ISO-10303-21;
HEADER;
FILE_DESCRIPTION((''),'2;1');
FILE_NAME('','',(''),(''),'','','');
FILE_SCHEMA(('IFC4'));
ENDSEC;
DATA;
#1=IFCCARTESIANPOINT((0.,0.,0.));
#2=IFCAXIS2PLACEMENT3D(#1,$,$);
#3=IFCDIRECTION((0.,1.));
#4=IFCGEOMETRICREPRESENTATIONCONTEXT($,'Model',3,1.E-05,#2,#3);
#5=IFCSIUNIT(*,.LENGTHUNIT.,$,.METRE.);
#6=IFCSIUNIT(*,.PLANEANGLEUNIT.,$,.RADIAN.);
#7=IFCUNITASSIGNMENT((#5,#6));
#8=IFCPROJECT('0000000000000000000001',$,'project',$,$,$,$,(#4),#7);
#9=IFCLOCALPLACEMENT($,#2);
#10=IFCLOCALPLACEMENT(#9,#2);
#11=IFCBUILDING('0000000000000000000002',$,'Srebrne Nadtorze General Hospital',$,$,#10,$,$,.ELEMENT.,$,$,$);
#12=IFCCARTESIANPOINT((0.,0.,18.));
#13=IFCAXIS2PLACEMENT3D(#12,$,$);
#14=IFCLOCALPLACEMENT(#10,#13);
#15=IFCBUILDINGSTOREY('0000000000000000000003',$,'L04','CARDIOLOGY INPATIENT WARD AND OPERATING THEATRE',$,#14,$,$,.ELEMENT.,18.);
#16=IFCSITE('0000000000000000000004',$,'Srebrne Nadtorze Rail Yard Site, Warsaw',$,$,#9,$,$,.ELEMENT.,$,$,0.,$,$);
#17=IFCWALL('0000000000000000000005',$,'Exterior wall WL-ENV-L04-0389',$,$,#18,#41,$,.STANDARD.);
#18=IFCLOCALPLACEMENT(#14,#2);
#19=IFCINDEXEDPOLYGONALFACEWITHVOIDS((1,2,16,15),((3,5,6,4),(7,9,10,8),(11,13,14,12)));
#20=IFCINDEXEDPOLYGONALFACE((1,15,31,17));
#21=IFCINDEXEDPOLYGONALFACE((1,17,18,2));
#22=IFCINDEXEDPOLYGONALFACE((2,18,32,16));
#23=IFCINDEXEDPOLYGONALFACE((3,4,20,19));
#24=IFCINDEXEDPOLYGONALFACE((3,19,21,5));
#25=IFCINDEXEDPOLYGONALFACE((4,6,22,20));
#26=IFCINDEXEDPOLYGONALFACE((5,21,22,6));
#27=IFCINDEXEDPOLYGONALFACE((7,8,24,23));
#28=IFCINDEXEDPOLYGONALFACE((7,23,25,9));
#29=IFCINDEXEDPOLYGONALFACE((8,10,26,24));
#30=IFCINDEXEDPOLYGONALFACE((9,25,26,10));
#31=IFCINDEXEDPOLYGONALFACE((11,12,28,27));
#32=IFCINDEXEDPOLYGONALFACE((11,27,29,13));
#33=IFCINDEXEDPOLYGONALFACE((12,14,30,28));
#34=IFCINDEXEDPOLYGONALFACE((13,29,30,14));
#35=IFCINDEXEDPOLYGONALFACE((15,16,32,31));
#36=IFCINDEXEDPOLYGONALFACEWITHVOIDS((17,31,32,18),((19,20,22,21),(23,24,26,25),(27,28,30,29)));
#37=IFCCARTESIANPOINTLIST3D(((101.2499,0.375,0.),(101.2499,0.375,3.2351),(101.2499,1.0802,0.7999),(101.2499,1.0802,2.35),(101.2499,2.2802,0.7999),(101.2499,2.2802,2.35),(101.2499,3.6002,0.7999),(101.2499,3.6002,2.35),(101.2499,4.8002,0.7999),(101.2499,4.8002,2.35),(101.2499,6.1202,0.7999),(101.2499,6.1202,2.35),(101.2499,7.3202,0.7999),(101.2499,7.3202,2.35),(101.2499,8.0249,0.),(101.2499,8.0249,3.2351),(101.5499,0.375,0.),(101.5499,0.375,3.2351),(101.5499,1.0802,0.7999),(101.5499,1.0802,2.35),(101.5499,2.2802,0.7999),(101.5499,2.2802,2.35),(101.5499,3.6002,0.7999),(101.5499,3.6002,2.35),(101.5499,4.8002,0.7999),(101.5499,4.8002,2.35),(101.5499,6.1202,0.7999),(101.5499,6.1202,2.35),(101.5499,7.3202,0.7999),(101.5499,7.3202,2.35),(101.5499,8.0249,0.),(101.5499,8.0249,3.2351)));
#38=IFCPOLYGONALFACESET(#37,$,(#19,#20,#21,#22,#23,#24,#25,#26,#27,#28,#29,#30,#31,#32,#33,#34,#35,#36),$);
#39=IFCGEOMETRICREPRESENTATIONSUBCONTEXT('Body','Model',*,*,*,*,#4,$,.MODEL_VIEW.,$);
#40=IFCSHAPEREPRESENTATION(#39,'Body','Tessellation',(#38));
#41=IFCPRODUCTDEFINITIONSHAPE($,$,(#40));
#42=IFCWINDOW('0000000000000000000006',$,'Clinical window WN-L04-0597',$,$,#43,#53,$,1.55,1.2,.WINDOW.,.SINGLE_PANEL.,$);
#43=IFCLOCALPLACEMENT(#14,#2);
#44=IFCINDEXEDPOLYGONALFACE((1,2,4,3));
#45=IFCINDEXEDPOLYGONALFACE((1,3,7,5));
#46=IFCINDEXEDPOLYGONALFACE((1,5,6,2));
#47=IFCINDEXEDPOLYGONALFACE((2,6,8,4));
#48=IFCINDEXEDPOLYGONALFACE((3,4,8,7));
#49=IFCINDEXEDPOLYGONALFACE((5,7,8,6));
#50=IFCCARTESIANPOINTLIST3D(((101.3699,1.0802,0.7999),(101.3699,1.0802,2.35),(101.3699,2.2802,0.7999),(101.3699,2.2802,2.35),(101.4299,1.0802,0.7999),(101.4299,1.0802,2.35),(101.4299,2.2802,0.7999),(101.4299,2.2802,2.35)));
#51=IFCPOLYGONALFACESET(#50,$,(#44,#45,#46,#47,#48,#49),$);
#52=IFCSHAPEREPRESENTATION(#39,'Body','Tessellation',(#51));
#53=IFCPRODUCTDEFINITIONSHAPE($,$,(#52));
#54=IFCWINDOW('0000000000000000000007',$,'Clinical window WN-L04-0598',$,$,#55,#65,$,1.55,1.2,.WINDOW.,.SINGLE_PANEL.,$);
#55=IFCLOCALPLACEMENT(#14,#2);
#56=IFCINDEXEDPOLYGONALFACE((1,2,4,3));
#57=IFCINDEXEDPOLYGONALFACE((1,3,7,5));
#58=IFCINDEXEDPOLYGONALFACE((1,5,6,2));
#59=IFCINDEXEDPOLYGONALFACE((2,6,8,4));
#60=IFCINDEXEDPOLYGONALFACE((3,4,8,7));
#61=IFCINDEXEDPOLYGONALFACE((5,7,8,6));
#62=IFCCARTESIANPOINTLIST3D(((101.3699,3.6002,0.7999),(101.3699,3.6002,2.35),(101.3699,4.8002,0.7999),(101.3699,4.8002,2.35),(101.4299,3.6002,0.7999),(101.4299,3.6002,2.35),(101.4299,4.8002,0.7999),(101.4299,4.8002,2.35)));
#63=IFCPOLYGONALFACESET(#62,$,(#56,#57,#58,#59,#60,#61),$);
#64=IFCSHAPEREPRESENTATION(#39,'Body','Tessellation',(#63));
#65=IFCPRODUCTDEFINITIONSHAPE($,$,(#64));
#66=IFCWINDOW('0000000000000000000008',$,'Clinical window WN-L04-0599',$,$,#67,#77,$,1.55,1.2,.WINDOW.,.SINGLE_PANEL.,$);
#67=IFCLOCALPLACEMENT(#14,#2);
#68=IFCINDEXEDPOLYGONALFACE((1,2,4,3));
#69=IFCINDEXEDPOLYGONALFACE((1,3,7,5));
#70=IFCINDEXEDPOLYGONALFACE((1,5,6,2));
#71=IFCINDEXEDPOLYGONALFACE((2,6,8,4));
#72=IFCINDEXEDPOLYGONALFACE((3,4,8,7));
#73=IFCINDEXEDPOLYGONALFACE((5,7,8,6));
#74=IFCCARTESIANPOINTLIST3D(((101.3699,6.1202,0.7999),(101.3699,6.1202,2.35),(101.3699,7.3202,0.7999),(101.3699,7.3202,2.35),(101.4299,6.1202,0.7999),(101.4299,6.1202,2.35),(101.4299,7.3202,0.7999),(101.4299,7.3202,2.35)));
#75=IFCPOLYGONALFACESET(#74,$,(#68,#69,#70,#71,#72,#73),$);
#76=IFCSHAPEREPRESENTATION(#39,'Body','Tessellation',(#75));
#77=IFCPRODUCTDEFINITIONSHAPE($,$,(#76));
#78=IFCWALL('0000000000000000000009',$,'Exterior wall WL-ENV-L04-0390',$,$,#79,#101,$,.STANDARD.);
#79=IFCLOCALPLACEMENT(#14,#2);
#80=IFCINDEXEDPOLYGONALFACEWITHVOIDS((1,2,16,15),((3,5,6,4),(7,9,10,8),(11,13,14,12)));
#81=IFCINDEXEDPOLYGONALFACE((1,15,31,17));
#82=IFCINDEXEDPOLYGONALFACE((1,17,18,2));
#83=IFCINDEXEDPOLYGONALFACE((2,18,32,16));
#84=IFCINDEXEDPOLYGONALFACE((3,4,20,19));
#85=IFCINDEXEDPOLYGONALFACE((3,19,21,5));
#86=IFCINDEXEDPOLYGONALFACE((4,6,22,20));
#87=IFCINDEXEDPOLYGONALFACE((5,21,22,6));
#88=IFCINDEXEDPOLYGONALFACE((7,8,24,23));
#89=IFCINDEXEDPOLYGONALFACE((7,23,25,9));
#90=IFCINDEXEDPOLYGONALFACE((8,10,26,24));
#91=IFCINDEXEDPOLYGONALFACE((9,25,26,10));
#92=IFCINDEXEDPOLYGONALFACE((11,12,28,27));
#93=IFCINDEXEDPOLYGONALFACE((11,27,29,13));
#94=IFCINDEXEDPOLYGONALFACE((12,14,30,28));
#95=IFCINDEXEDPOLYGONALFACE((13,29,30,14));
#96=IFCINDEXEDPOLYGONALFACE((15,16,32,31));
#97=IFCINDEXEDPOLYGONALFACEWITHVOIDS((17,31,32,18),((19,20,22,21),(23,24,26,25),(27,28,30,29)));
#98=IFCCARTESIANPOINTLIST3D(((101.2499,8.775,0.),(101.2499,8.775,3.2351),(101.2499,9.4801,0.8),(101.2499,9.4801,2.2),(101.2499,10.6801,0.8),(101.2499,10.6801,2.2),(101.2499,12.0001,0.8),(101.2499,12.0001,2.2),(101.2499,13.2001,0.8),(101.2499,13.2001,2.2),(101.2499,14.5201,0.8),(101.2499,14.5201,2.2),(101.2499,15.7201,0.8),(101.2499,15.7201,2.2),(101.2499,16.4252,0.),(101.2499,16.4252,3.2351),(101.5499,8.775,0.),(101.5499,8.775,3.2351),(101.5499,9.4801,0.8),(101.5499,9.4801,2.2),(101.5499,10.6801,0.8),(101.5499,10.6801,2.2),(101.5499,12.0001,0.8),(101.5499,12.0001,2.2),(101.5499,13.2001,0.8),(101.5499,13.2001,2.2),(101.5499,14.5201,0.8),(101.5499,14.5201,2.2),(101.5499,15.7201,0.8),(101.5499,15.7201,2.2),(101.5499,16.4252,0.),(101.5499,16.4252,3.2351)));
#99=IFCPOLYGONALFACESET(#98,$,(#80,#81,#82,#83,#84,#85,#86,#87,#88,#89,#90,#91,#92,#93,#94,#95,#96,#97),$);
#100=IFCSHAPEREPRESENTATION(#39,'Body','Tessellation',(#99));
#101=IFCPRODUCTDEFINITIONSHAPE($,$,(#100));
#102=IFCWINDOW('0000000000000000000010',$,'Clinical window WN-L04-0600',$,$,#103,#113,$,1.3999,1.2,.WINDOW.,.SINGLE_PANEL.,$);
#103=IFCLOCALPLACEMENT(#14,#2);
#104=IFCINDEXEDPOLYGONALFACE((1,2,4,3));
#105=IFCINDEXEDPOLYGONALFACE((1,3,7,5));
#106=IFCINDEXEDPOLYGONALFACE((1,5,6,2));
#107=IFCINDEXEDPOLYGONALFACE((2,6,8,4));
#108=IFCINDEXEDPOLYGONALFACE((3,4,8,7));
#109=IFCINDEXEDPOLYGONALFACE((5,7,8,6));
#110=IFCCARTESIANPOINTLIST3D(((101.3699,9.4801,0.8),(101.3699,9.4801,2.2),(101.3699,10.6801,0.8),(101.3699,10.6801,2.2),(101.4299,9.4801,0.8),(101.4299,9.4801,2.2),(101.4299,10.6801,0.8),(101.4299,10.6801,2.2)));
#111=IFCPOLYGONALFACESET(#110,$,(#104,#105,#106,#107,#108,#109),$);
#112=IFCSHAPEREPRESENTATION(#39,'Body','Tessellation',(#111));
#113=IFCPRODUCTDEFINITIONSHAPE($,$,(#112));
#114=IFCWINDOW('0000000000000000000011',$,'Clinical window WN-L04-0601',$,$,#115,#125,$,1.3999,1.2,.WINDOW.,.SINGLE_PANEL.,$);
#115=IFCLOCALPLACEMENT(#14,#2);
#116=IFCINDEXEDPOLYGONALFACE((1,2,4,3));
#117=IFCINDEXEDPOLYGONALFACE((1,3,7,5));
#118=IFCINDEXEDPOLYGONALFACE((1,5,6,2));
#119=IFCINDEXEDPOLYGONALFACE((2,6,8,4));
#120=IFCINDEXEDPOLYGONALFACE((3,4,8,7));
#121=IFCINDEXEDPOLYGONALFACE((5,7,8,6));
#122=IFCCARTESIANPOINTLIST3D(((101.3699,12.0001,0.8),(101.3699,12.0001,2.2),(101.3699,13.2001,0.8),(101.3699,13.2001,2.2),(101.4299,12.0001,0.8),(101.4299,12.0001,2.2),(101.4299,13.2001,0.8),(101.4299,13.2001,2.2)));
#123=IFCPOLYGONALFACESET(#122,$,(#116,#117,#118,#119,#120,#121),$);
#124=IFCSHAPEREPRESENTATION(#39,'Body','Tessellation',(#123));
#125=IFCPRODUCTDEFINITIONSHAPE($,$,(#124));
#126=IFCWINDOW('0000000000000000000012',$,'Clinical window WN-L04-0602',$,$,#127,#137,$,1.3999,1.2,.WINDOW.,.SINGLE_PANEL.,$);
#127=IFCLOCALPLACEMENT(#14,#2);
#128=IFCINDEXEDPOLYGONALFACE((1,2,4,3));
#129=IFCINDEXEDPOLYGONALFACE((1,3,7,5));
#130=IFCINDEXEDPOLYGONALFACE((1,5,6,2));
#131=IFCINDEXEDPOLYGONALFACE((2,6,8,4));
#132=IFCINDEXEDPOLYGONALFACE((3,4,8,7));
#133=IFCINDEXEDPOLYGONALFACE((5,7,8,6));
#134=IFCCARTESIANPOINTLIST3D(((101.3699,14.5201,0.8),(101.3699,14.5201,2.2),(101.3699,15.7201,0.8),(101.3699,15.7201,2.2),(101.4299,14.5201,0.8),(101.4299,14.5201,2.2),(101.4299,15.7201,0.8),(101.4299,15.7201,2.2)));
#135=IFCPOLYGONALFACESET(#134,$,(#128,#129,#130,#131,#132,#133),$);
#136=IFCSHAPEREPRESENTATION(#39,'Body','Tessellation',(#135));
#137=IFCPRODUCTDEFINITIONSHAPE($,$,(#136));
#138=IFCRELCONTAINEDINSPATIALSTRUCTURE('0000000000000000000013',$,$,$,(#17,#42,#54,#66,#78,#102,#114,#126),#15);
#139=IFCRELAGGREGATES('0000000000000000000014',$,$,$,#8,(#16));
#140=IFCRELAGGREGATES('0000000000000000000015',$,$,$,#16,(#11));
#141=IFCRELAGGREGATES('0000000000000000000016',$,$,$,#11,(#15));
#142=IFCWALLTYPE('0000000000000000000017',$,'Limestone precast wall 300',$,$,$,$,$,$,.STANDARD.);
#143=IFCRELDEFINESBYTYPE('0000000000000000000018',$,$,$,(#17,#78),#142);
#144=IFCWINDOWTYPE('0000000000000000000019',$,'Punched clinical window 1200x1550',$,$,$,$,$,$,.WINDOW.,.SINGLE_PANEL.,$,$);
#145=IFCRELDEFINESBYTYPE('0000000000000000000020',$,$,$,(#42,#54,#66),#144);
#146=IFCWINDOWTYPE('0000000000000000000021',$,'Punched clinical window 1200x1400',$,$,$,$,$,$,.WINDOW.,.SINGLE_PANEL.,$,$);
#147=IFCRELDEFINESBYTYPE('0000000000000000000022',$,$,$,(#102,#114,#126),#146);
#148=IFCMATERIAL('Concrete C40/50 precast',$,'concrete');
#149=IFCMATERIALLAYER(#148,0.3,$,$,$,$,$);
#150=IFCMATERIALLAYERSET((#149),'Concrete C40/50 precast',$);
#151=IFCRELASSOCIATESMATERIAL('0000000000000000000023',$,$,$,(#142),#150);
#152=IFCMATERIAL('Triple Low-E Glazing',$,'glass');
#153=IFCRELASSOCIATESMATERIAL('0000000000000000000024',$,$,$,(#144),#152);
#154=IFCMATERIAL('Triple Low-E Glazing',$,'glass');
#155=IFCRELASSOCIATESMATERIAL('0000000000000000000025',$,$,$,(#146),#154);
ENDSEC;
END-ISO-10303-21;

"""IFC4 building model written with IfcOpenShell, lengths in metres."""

from ifc_helpers import new_model, si_unit, direction, frame, frame_2d, origin, place, context, subcontext, project, spatial, rectangle, extrude, material, layer, layer_set, type_object, element, fill, save


model = new_model("IFC4")

# Units and contexts
model_context = context("Model", 3, precision=1e-05, world=origin(), true_north=direction((0.0, 1.0)))
body_context = subcontext(model_context, "Body", "Model", "MODEL_VIEW")
ifc_project = project(units=[si_unit("LENGTHUNIT", "METRE"), si_unit("PLANEANGLEUNIT", "RADIAN")], contexts=[model_context])

# Site, building, storey
site_placement = place(None, origin())
site = spatial("IfcSite", under=ifc_project, at=site_placement, Name="Srebrne Nadtorze Rail Yard Site, Warsaw", CompositionType="ELEMENT", RefElevation=0.0)
building_placement = place(site_placement, origin())
building = spatial("IfcBuilding", under=site, at=building_placement, Name="Srebrne Nadtorze General Hospital", CompositionType="ELEMENT")
storey_placement = place(building_placement, frame((0.0, 0.0, 18.0)))
storey = spatial("IfcBuildingStorey", under=building, at=storey_placement, Name="L04", Description="CARDIOLOGY INPATIENT WARD AND OPERATING THEATRE", CompositionType="ELEMENT", Elevation=18.0)

# Walls, openings, windows
ifc_material_1 = material(Name="Concrete C40/50 precast", Category="concrete")
ifc_layer_1 = layer(ifc_material_1, 0.3)
ifc_layer_set_1 = layer_set([ifc_layer_1], Name="Concrete C40/50 precast")
wall_type_1 = type_object("IfcWallType", Name="Limestone precast wall 300", PredefinedType="STANDARD", material=ifc_layer_set_1)
wall_1_placement = place(storey_placement, frame((101.3999, 0.375, 0.0), z_axis=(0.0, 0.0, 1.0), x_axis=(0.0, 1.0, 0.0)))
wall_1 = element("IfcWall", 1, at=wall_1_placement, inside=storey, type_object=wall_type_1, Name="Exterior wall WL-ENV-L04-0389", PredefinedType="STANDARD", context=body_context, shape_type="SweptSolid", body=[
    extrude(rectangle(XDim=7.6499, YDim=0.3, at=frame_2d((3.825, 0.0))), origin(), (0.0, 0.0, 1.0), 3.2351),
])
opening_1_placement = place(wall_1_placement, frame((0.7051, 0.0, 0.8)))
opening_1 = element("IfcOpeningElement", 2, at=opening_1_placement, cuts=wall_1, PredefinedType="OPENING", context=body_context, shape_type="SweptSolid", body=[
    extrude(rectangle(XDim=1.2, YDim=1.55, at=frame_2d((0.6001, 0.7749))), frame((0.0, 0.1621, 0.0), z_axis=(0.0, -1.0, 0.0), x_axis=(1.0, 0.0, 0.0)), (0.0, 0.0, 1.0), 0.324),
])
opening_2_placement = place(wall_1_placement, frame((3.2251, 0.0, 0.8)))
opening_2 = element("IfcOpeningElement", 3, at=opening_2_placement, cuts=wall_1, PredefinedType="OPENING", context=body_context, shape_type="SweptSolid", body=[
    extrude(rectangle(XDim=1.2, YDim=1.55, at=frame_2d((0.6001, 0.7749))), frame((0.0, 0.1621, 0.0), z_axis=(0.0, -1.0, 0.0), x_axis=(1.0, 0.0, 0.0)), (0.0, 0.0, 1.0), 0.324),
])
opening_3_placement = place(wall_1_placement, frame((5.7451, 0.0, 0.8)))
opening_3 = element("IfcOpeningElement", 4, at=opening_3_placement, cuts=wall_1, PredefinedType="OPENING", context=body_context, shape_type="SweptSolid", body=[
    extrude(rectangle(XDim=1.2, YDim=1.55, at=frame_2d((0.6001, 0.7749))), frame((0.0, 0.1621, 0.0), z_axis=(0.0, -1.0, 0.0), x_axis=(1.0, 0.0, 0.0)), (0.0, 0.0, 1.0), 0.324),
])
ifc_material_2 = material(Name="Triple Low-E Glazing", Category="glass")
window_type_1 = type_object("IfcWindowType", Name="Punched clinical window 1200x1550", PartitioningType="SINGLE_PANEL", PredefinedType="WINDOW", material=ifc_material_2)
window_1_placement = place(opening_1_placement, origin())
window_1 = element("IfcWindow", 5, at=window_1_placement, inside=storey, type_object=window_type_1, Name="Clinical window WN-L04-0597", OverallHeight=1.55, OverallWidth=1.2, PartitioningType="SINGLE_PANEL", PredefinedType="WINDOW", context=body_context, shape_type="SweptSolid", body=[
    extrude(rectangle(XDim=1.2, YDim=1.55, at=frame_2d((0.6001, 0.7749))), frame((0.0, 0.03, 0.0), z_axis=(0.0, -1.0, 0.0), x_axis=(1.0, 0.0, 0.0)), (0.0, 0.0, 1.0), 0.0601),
])
fill(opening_1, window_1)
window_2_placement = place(opening_2_placement, origin())
window_2 = element("IfcWindow", 6, at=window_2_placement, inside=storey, type_object=window_type_1, Name="Clinical window WN-L04-0598", OverallHeight=1.55, OverallWidth=1.2, PartitioningType="SINGLE_PANEL", PredefinedType="WINDOW", context=body_context, shape_type="SweptSolid", body=[
    extrude(rectangle(XDim=1.2, YDim=1.55, at=frame_2d((0.6001, 0.7749))), frame((0.0, 0.03, 0.0), z_axis=(0.0, -1.0, 0.0), x_axis=(1.0, 0.0, 0.0)), (0.0, 0.0, 1.0), 0.0601),
])
fill(opening_2, window_2)
window_3_placement = place(opening_3_placement, origin())
window_3 = element("IfcWindow", 7, at=window_3_placement, inside=storey, type_object=window_type_1, Name="Clinical window WN-L04-0599", OverallHeight=1.55, OverallWidth=1.2, PartitioningType="SINGLE_PANEL", PredefinedType="WINDOW", context=body_context, shape_type="SweptSolid", body=[
    extrude(rectangle(XDim=1.2, YDim=1.55, at=frame_2d((0.6001, 0.7749))), frame((0.0, 0.03, 0.0), z_axis=(0.0, -1.0, 0.0), x_axis=(1.0, 0.0, 0.0)), (0.0, 0.0, 1.0), 0.0601),
])
fill(opening_3, window_3)
wall_2_placement = place(storey_placement, frame((101.3999, 8.7749, 0.0), z_axis=(0.0, 0.0, 1.0), x_axis=(0.0, 1.0, 0.0)))
wall_2 = element("IfcWall", 8, at=wall_2_placement, inside=storey, type_object=wall_type_1, Name="Exterior wall WL-ENV-L04-0390", PredefinedType="STANDARD", context=body_context, shape_type="SweptSolid", body=[
    extrude(rectangle(XDim=7.6501, YDim=0.3, at=frame_2d((3.8252, 0.0))), origin(), (0.0, 0.0, 1.0), 3.2351),
])
opening_4_placement = place(wall_2_placement, frame((0.7051, 0.0, 0.8)))
opening_4 = element("IfcOpeningElement", 9, at=opening_4_placement, cuts=wall_2, PredefinedType="OPENING", context=body_context, shape_type="SweptSolid", body=[
    extrude(rectangle(XDim=1.2, YDim=1.3999, at=frame_2d((0.6001, 0.7))), frame((0.0, 0.1621, 0.0), z_axis=(0.0, -1.0, 0.0), x_axis=(1.0, 0.0, 0.0)), (0.0, 0.0, 1.0), 0.324),
])
opening_5_placement = place(wall_2_placement, frame((3.2251, 0.0, 0.8)))
opening_5 = element("IfcOpeningElement", 10, at=opening_5_placement, cuts=wall_2, PredefinedType="OPENING", context=body_context, shape_type="SweptSolid", body=[
    extrude(rectangle(XDim=1.2, YDim=1.3999, at=frame_2d((0.6001, 0.7))), frame((0.0, 0.1621, 0.0), z_axis=(0.0, -1.0, 0.0), x_axis=(1.0, 0.0, 0.0)), (0.0, 0.0, 1.0), 0.324),
])
opening_6_placement = place(wall_2_placement, frame((5.7451, 0.0, 0.8)))
opening_6 = element("IfcOpeningElement", 11, at=opening_6_placement, cuts=wall_2, PredefinedType="OPENING", context=body_context, shape_type="SweptSolid", body=[
    extrude(rectangle(XDim=1.2, YDim=1.3999, at=frame_2d((0.6001, 0.7))), frame((0.0, 0.1621, 0.0), z_axis=(0.0, -1.0, 0.0), x_axis=(1.0, 0.0, 0.0)), (0.0, 0.0, 1.0), 0.324),
])
ifc_material_3 = material(Name="Triple Low-E Glazing", Category="glass")
window_type_2 = type_object("IfcWindowType", Name="Punched clinical window 1200x1400", PartitioningType="SINGLE_PANEL", PredefinedType="WINDOW", material=ifc_material_3)
window_4_placement = place(opening_4_placement, origin())
window_4 = element("IfcWindow", 12, at=window_4_placement, inside=storey, type_object=window_type_2, Name="Clinical window WN-L04-0600", OverallHeight=1.3999, OverallWidth=1.2, PartitioningType="SINGLE_PANEL", PredefinedType="WINDOW", context=body_context, shape_type="SweptSolid", body=[
    extrude(rectangle(XDim=1.2, YDim=1.3999, at=frame_2d((0.6001, 0.7))), frame((0.0, 0.03, 0.0), z_axis=(0.0, -1.0, 0.0), x_axis=(1.0, 0.0, 0.0)), (0.0, 0.0, 1.0), 0.0601),
])
fill(opening_4, window_4)
window_5_placement = place(opening_5_placement, origin())
window_5 = element("IfcWindow", 13, at=window_5_placement, inside=storey, type_object=window_type_2, Name="Clinical window WN-L04-0601", OverallHeight=1.3999, OverallWidth=1.2, PartitioningType="SINGLE_PANEL", PredefinedType="WINDOW", context=body_context, shape_type="SweptSolid", body=[
    extrude(rectangle(XDim=1.2, YDim=1.3999, at=frame_2d((0.6001, 0.7))), frame((0.0, 0.03, 0.0), z_axis=(0.0, -1.0, 0.0), x_axis=(1.0, 0.0, 0.0)), (0.0, 0.0, 1.0), 0.0601),
])
fill(opening_5, window_5)
window_6_placement = place(opening_6_placement, origin())
window_6 = element("IfcWindow", 14, at=window_6_placement, inside=storey, type_object=window_type_2, Name="Clinical window WN-L04-0602", OverallHeight=1.3999, OverallWidth=1.2, PartitioningType="SINGLE_PANEL", PredefinedType="WINDOW", context=body_context, shape_type="SweptSolid", body=[
    extrude(rectangle(XDim=1.2, YDim=1.3999, at=frame_2d((0.6001, 0.7))), frame((0.0, 0.03, 0.0), z_axis=(0.0, -1.0, 0.0), x_axis=(1.0, 0.0, 0.0)), (0.0, 0.0, 1.0), 0.0601),
])
fill(opening_6, window_6)

save(model, "model.ifc")
